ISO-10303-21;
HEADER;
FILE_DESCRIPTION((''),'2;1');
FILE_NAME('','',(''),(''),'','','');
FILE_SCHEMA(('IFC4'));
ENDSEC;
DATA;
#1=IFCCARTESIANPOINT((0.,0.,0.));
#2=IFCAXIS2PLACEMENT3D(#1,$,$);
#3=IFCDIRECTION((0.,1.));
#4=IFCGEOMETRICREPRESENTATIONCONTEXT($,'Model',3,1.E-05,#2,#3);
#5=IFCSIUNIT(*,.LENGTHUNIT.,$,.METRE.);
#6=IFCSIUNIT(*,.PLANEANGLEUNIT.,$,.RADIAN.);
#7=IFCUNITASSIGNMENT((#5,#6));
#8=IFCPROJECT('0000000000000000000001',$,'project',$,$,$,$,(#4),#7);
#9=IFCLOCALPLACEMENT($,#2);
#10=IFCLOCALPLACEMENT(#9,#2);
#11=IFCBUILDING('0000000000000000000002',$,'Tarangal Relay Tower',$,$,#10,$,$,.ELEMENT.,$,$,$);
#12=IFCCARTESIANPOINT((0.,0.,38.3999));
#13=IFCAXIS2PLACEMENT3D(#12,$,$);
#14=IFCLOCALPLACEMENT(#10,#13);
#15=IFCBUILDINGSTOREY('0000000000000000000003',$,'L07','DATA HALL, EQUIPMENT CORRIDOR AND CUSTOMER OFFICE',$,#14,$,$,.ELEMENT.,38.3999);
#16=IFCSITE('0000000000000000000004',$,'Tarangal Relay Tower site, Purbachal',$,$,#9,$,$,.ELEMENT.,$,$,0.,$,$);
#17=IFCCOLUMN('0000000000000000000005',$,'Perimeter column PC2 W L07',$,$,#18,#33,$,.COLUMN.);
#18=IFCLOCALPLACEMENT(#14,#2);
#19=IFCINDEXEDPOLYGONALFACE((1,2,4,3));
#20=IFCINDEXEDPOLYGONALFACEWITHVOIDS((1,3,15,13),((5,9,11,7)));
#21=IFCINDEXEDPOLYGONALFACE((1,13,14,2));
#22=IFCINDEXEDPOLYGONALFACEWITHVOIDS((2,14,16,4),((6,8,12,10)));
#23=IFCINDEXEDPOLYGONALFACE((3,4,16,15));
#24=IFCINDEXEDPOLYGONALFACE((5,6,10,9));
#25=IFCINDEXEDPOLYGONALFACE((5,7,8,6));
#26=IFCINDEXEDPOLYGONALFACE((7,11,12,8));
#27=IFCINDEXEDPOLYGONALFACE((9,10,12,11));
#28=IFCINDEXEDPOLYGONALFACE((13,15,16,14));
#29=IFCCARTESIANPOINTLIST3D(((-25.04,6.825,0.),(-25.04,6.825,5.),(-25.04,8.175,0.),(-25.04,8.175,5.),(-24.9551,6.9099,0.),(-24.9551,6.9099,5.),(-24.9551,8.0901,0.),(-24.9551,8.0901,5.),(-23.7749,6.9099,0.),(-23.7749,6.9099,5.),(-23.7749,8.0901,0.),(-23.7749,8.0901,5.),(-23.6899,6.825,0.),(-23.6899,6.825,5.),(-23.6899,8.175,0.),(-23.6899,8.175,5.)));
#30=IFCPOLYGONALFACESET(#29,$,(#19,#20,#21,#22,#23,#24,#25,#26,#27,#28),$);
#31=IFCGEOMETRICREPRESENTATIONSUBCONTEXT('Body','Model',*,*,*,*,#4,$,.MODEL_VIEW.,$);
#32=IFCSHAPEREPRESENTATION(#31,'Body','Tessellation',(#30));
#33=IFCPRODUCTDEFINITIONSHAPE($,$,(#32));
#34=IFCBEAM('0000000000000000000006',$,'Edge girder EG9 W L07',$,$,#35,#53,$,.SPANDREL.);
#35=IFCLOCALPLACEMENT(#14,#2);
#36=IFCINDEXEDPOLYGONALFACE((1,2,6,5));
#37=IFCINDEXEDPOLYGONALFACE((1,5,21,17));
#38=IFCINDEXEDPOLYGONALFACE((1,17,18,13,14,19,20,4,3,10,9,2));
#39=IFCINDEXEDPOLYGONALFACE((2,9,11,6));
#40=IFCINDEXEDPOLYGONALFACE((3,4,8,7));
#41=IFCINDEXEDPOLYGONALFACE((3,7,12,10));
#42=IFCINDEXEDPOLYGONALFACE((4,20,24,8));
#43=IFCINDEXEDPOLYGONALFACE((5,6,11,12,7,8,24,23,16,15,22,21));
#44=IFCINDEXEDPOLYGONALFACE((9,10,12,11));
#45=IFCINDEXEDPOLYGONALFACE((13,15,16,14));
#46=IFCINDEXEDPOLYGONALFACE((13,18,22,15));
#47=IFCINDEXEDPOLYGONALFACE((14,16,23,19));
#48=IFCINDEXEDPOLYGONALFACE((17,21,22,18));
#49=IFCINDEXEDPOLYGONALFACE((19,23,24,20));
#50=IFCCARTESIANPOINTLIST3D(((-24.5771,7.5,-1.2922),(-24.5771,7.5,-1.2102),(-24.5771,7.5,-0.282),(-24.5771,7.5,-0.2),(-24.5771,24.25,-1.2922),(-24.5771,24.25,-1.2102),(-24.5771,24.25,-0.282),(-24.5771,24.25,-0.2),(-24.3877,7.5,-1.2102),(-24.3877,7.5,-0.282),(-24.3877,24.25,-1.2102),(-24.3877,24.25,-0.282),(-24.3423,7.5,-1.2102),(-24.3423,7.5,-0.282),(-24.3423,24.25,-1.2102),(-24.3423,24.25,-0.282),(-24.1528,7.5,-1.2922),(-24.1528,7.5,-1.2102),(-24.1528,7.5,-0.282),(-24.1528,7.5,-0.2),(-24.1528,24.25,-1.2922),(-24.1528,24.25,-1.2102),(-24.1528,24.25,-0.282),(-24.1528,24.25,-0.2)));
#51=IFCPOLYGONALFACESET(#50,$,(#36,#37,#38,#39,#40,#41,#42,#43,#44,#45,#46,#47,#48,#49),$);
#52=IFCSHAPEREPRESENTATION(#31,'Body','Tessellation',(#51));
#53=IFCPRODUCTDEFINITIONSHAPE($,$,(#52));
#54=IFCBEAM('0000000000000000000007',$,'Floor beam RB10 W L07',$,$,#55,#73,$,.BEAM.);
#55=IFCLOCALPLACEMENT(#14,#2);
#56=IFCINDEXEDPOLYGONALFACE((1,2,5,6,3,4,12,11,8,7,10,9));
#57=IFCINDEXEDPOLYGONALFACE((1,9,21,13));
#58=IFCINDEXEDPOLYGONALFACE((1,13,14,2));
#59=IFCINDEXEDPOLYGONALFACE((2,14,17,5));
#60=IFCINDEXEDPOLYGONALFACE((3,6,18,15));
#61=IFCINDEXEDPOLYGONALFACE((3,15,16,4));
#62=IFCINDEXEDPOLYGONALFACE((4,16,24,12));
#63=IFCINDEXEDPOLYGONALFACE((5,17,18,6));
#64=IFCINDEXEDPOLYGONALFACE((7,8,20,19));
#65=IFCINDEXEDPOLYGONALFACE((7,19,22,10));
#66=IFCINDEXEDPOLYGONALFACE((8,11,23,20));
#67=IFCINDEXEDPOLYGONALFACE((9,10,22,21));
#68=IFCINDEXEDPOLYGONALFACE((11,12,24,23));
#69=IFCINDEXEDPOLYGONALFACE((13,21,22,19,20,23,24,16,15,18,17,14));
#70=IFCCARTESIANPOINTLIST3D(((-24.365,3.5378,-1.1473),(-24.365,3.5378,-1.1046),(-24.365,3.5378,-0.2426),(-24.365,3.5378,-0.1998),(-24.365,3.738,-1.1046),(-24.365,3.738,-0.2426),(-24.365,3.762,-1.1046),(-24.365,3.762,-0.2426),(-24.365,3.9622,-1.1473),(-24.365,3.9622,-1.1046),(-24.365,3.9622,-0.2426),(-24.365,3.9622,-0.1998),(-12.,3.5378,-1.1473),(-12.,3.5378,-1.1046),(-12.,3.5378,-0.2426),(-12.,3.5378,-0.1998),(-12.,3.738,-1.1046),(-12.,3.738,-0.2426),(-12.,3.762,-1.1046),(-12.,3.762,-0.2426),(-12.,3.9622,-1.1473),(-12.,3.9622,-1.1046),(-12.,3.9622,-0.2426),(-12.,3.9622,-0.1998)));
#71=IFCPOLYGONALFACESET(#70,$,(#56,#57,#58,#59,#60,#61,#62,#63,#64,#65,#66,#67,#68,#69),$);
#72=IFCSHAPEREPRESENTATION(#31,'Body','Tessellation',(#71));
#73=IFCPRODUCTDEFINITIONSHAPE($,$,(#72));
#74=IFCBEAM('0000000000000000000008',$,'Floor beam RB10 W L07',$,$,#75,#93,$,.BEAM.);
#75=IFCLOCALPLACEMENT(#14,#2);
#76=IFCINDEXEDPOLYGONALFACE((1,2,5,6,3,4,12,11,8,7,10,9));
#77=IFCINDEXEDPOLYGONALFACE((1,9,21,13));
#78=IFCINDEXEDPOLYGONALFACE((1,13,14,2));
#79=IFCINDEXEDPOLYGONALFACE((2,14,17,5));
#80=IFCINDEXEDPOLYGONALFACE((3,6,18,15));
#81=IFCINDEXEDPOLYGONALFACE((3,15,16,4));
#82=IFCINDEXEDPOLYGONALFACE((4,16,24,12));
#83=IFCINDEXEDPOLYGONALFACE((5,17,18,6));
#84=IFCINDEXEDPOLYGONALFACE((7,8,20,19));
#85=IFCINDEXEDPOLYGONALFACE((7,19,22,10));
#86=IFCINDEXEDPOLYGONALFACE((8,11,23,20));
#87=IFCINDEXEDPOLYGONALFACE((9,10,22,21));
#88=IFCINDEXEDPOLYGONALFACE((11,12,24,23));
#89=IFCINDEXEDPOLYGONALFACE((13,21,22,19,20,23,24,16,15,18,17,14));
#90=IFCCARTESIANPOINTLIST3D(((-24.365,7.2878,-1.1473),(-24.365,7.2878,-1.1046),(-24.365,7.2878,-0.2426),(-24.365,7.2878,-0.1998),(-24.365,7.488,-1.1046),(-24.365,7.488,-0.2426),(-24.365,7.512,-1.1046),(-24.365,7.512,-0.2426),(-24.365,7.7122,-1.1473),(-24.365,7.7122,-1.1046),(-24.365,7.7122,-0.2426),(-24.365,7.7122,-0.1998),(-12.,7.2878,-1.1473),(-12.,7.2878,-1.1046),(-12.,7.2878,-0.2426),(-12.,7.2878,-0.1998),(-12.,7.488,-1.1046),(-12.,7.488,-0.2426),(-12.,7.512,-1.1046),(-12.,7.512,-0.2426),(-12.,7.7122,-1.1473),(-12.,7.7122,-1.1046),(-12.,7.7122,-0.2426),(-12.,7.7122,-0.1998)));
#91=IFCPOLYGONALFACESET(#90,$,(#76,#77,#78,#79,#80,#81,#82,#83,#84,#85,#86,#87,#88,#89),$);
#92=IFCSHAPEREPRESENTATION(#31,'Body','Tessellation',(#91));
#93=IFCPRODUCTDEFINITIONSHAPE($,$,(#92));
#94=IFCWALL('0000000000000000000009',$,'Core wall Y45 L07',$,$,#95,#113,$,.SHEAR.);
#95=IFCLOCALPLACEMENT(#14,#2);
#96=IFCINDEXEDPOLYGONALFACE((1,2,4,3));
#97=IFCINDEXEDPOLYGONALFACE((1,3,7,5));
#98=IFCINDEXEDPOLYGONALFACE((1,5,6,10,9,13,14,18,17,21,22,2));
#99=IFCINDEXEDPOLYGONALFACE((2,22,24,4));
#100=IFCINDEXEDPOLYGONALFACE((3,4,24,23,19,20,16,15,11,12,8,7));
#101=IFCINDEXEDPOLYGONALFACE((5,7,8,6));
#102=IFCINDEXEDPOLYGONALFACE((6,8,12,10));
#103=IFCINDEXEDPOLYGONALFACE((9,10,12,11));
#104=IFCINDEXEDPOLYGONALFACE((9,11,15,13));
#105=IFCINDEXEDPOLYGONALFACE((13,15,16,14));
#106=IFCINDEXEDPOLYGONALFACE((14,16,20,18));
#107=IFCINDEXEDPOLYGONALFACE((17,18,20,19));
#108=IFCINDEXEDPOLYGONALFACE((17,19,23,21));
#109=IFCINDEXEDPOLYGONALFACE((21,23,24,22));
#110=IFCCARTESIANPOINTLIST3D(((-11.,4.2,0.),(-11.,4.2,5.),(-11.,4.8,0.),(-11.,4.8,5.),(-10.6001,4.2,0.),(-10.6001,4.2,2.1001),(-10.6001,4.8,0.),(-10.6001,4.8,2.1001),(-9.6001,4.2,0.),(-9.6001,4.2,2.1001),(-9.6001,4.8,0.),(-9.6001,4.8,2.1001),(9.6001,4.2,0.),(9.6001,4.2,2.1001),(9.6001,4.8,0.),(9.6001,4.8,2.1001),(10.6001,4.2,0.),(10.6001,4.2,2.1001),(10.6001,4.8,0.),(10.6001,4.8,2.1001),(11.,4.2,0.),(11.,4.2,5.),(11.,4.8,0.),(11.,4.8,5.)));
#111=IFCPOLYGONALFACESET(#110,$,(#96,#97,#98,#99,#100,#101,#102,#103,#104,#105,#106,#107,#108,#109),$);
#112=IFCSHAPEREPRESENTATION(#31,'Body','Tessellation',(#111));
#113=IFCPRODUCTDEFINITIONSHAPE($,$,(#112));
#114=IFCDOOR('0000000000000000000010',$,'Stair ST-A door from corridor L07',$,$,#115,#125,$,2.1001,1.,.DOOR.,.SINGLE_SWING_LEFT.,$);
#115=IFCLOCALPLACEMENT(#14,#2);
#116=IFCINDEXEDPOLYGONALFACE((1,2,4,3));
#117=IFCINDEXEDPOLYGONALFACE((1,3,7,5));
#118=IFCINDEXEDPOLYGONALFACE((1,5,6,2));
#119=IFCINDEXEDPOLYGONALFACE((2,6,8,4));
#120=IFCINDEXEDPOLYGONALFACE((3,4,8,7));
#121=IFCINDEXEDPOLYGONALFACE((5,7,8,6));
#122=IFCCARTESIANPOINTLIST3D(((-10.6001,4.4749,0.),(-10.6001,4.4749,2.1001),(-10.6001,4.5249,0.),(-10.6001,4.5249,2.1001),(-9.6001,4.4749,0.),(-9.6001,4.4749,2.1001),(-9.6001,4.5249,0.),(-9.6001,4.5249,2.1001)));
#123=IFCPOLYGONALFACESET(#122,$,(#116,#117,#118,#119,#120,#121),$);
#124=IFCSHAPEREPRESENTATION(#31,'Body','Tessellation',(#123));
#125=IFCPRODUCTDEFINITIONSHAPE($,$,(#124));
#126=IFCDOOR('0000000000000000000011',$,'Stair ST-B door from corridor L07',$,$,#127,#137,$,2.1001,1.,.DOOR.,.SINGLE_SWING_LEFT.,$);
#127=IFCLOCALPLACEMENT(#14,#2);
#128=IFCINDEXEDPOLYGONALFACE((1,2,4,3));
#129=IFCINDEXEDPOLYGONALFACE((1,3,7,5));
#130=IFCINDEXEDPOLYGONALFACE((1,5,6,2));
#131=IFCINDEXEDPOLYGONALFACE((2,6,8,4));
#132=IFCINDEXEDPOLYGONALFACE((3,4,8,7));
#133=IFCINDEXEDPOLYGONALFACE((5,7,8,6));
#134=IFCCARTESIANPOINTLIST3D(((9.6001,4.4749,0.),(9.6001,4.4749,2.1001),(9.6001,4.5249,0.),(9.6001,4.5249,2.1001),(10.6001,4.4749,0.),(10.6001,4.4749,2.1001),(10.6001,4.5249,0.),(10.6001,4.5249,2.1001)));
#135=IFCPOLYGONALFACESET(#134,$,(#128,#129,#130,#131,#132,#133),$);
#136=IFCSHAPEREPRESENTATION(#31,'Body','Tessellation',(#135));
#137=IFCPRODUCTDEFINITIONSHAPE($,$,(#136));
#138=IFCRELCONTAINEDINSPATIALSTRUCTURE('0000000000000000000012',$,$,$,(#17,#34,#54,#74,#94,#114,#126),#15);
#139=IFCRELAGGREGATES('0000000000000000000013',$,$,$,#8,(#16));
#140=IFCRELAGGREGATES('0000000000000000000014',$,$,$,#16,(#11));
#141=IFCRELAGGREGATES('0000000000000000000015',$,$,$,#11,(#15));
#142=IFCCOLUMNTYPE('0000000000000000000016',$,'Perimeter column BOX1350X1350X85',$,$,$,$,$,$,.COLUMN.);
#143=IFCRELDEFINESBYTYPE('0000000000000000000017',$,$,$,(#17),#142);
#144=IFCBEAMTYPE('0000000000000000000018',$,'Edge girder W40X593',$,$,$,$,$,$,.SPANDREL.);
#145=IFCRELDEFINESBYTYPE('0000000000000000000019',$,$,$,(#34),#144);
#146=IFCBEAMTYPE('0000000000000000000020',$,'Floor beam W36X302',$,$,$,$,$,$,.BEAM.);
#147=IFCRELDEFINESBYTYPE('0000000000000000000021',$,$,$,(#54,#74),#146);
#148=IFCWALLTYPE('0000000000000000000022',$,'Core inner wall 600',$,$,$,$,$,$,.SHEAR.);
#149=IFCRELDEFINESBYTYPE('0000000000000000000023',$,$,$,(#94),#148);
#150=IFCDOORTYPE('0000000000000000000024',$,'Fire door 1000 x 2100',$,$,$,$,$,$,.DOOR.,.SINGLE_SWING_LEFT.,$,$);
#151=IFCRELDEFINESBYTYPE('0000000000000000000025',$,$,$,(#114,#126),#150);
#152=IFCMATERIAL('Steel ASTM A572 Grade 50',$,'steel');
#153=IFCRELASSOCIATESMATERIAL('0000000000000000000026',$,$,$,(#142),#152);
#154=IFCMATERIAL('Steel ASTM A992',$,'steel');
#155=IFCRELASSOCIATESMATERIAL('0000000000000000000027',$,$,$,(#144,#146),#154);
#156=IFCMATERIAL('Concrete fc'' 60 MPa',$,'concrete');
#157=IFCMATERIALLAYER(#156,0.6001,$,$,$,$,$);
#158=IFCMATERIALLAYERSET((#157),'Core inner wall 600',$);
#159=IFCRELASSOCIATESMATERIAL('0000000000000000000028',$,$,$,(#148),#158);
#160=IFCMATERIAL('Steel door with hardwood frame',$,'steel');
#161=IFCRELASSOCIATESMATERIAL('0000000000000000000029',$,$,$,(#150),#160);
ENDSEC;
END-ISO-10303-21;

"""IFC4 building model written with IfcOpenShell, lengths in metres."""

from ifc_helpers import new_model, si_unit, direction, frame, frame_2d, origin, origin_2d, place, context, subcontext, project, spatial, rectangle, hollow_rectangle, i_section, extrude, material, layer, layer_set, material_profile, profile_set, type_object, element, fill, save


model = new_model("IFC4")

# Units and contexts
model_context = context("Model", 3, precision=1e-05, world=origin(), true_north=direction((0.0, 1.0)))
body_context = subcontext(model_context, "Body", "Model", "MODEL_VIEW")
ifc_project = project(units=[si_unit("LENGTHUNIT", "METRE"), si_unit("PLANEANGLEUNIT", "RADIAN")], contexts=[model_context])

# Site, building, storey
site_placement = place(None, origin())
site = spatial("IfcSite", under=ifc_project, at=site_placement, Name="Tarangal Relay Tower site, Purbachal", CompositionType="ELEMENT", RefElevation=0.0)
building_placement = place(site_placement, origin())
building = spatial("IfcBuilding", under=site, at=building_placement, Name="Tarangal Relay Tower", CompositionType="ELEMENT")
storey_placement = place(building_placement, frame((0.0, 0.0, 38.3999)))
storey = spatial("IfcBuildingStorey", under=building, at=storey_placement, Name="L07", Description="DATA HALL, EQUIPMENT CORRIDOR AND CUSTOMER OFFICE", CompositionType="ELEMENT", Elevation=38.3999)

# Column
ifc_material_1 = material(Name="Steel ASTM A572 Grade 50", Category="steel")
ifc_material_profile_1 = material_profile(ifc_material_1, hollow_rectangle(XDim=1.3501, YDim=1.3501, WallThickness=0.085, at=origin_2d()), Name="BOX1350X1350X85")
ifc_profile_set_1 = profile_set([ifc_material_profile_1], Name="Steel ASTM A572 Grade 50")
column_type = type_object("IfcColumnType", Name="Perimeter column BOX1350X1350X85", PredefinedType="COLUMN", material=ifc_profile_set_1)
column_placement = place(storey_placement, frame((-24.365, 7.5, 0.0), z_axis=(0.0, 0.0, 1.0), x_axis=(1.0, 0.0, 0.0)))
element("IfcColumn", 1, at=column_placement, inside=storey, type_object=column_type, Name="Perimeter column PC2 W L07", PredefinedType="COLUMN", context=body_context, shape_type="SweptSolid", body=[
    extrude(hollow_rectangle(XDim=1.3501, YDim=1.3501, WallThickness=0.085, at=origin_2d()), origin(), (0.0, 0.0, 1.0), 5.0),
])

# Beams
ifc_material_2 = material(Name="Steel ASTM A992", Category="steel")
ifc_material_profile_2 = material_profile(ifc_material_2, i_section(OverallWidth=0.4243, OverallDepth=1.0923, WebThickness=0.0454, FlangeThickness=0.082, at=origin_2d()), Name="W40X593")
ifc_profile_set_2 = profile_set([ifc_material_profile_2], Name="Steel ASTM A992")
beam_type_1 = type_object("IfcBeamType", Name="Edge girder W40X593", PredefinedType="SPANDREL", material=ifc_profile_set_2)
beam_placement = place(storey_placement, frame((-24.365, 7.5, -0.7461), z_axis=(0.0, 1.0, 0.0), x_axis=(-1.0, 0.0, 0.0)))
element("IfcBeam", 2, at=beam_placement, inside=storey, type_object=beam_type_1, Name="Edge girder EG9 W L07", PredefinedType="SPANDREL", context=body_context, shape_type="SweptSolid", body=[
    extrude(i_section(OverallWidth=0.4243, OverallDepth=1.0923, WebThickness=0.0454, FlangeThickness=0.082, at=origin_2d()), origin(), (0.0, 0.0, 1.0), 16.75),
])
ifc_material_profile_3 = material_profile(ifc_material_2, i_section(OverallWidth=0.4243, OverallDepth=0.9475, WebThickness=0.0239, FlangeThickness=0.0427, at=origin_2d()), Name="W36X302")
ifc_profile_set_3 = profile_set([ifc_material_profile_3], Name="Steel ASTM A992")
beam_type_2 = type_object("IfcBeamType", Name="Floor beam W36X302", PredefinedType="BEAM", material=ifc_profile_set_3)
for number, where, z_axis, x_axis, name in (
    (3, (-12.0, 3.75, -0.6736), (-1.0, 0.0, 0.0), (0.0, -1.0, 0.0), "Floor beam RB10 W L07"),
    (4, (-12.0, 7.5, -0.6736), (-1.0, 0.0, 0.0), (0.0, -1.0, 0.0), "Floor beam RB10 W L07"),
):
    element("IfcBeam", number, at=place(storey_placement, frame(where, z_axis=z_axis, x_axis=x_axis)), inside=storey, type_object=beam_type_2, Name=name, PredefinedType="BEAM", context=body_context, shape_type="SweptSolid", body=[
        extrude(i_section(OverallWidth=0.4243, OverallDepth=0.9475, WebThickness=0.0239, FlangeThickness=0.0427, at=origin_2d()), origin(), (0.0, 0.0, 1.0), 12.365),
    ])

# Wall, openings, doors
ifc_material_3 = material(Name="Concrete fc' 60 MPa", Category="concrete")
ifc_layer_1 = layer(ifc_material_3, 0.6001)
ifc_layer_set_1 = layer_set([ifc_layer_1], Name="Core inner wall 600")
wall_type_1 = type_object("IfcWallType", Name="Core inner wall 600", PredefinedType="SHEAR", material=ifc_layer_set_1)
wall_1_placement = place(storey_placement, frame((-11.0, 4.5, 0.0), z_axis=(0.0, 0.0, 1.0), x_axis=(1.0, 0.0, 0.0)))
wall_1 = element("IfcWall", 5, at=wall_1_placement, inside=storey, type_object=wall_type_1, Name="Core wall Y45 L07", PredefinedType="SHEAR", context=body_context, shape_type="SweptSolid", body=[
    extrude(rectangle(XDim=22.0, YDim=0.6001, at=frame_2d((11.0, 0.0))), origin(), (0.0, 0.0, 1.0), 5.0),
])
opening_1_placement = place(wall_1_placement, frame((0.3999, 0.0, 0.0)))
opening_1 = element("IfcOpeningElement", 6, at=opening_1_placement, cuts=wall_1, PredefinedType="OPENING", context=body_context, shape_type="SweptSolid", body=[
    extrude(rectangle(XDim=1.0, YDim=2.1001, at=frame_2d((0.5, 1.05))), frame((0.0, 0.3101, 0.0), z_axis=(0.0, -1.0, 0.0), x_axis=(1.0, 0.0, 0.0)), (0.0, 0.0, 1.0), 0.6201),
])
opening_2_placement = place(wall_1_placement, frame((20.6001, 0.0, 0.0)))
opening_2 = element("IfcOpeningElement", 7, at=opening_2_placement, cuts=wall_1, PredefinedType="OPENING", context=body_context, shape_type="SweptSolid", body=[
    extrude(rectangle(XDim=1.0, YDim=2.1001, at=frame_2d((0.5, 1.05))), frame((0.0, 0.3101, 0.0), z_axis=(0.0, -1.0, 0.0), x_axis=(1.0, 0.0, 0.0)), (0.0, 0.0, 1.0), 0.6201),
])
ifc_material_4 = material(Name="Steel door with hardwood frame", Category="steel")
door_type_1 = type_object("IfcDoorType", Name="Fire door 1000 x 2100", OperationType="SINGLE_SWING_LEFT", PredefinedType="DOOR", material=ifc_material_4)
door_1_placement = place(opening_1_placement, origin())
door_1 = element("IfcDoor", 8, at=door_1_placement, inside=storey, type_object=door_type_1, Name="Stair ST-A door from corridor L07", OperationType="SINGLE_SWING_LEFT", OverallHeight=2.1001, OverallWidth=1.0, PredefinedType="DOOR", context=body_context, shape_type="SweptSolid", body=[
    extrude(rectangle(XDim=1.0, YDim=2.1001, at=frame_2d((0.5, 1.05))), frame((0.0, 0.0249, 0.0), z_axis=(0.0, -1.0, 0.0), x_axis=(1.0, 0.0, 0.0)), (0.0, 0.0, 1.0), 0.05),
])
fill(opening_1, door_1)
door_2_placement = place(opening_2_placement, origin())
door_2 = element("IfcDoor", 9, at=door_2_placement, inside=storey, type_object=door_type_1, Name="Stair ST-B door from corridor L07", OperationType="SINGLE_SWING_LEFT", OverallHeight=2.1001, OverallWidth=1.0, PredefinedType="DOOR", context=body_context, shape_type="SweptSolid", body=[
    extrude(rectangle(XDim=1.0, YDim=2.1001, at=frame_2d((0.5, 1.05))), frame((0.0, 0.0249, 0.0), z_axis=(0.0, -1.0, 0.0), x_axis=(1.0, 0.0, 0.0)), (0.0, 0.0, 1.0), 0.05),
])
fill(opening_2, door_2)

save(model, "model.ifc")
